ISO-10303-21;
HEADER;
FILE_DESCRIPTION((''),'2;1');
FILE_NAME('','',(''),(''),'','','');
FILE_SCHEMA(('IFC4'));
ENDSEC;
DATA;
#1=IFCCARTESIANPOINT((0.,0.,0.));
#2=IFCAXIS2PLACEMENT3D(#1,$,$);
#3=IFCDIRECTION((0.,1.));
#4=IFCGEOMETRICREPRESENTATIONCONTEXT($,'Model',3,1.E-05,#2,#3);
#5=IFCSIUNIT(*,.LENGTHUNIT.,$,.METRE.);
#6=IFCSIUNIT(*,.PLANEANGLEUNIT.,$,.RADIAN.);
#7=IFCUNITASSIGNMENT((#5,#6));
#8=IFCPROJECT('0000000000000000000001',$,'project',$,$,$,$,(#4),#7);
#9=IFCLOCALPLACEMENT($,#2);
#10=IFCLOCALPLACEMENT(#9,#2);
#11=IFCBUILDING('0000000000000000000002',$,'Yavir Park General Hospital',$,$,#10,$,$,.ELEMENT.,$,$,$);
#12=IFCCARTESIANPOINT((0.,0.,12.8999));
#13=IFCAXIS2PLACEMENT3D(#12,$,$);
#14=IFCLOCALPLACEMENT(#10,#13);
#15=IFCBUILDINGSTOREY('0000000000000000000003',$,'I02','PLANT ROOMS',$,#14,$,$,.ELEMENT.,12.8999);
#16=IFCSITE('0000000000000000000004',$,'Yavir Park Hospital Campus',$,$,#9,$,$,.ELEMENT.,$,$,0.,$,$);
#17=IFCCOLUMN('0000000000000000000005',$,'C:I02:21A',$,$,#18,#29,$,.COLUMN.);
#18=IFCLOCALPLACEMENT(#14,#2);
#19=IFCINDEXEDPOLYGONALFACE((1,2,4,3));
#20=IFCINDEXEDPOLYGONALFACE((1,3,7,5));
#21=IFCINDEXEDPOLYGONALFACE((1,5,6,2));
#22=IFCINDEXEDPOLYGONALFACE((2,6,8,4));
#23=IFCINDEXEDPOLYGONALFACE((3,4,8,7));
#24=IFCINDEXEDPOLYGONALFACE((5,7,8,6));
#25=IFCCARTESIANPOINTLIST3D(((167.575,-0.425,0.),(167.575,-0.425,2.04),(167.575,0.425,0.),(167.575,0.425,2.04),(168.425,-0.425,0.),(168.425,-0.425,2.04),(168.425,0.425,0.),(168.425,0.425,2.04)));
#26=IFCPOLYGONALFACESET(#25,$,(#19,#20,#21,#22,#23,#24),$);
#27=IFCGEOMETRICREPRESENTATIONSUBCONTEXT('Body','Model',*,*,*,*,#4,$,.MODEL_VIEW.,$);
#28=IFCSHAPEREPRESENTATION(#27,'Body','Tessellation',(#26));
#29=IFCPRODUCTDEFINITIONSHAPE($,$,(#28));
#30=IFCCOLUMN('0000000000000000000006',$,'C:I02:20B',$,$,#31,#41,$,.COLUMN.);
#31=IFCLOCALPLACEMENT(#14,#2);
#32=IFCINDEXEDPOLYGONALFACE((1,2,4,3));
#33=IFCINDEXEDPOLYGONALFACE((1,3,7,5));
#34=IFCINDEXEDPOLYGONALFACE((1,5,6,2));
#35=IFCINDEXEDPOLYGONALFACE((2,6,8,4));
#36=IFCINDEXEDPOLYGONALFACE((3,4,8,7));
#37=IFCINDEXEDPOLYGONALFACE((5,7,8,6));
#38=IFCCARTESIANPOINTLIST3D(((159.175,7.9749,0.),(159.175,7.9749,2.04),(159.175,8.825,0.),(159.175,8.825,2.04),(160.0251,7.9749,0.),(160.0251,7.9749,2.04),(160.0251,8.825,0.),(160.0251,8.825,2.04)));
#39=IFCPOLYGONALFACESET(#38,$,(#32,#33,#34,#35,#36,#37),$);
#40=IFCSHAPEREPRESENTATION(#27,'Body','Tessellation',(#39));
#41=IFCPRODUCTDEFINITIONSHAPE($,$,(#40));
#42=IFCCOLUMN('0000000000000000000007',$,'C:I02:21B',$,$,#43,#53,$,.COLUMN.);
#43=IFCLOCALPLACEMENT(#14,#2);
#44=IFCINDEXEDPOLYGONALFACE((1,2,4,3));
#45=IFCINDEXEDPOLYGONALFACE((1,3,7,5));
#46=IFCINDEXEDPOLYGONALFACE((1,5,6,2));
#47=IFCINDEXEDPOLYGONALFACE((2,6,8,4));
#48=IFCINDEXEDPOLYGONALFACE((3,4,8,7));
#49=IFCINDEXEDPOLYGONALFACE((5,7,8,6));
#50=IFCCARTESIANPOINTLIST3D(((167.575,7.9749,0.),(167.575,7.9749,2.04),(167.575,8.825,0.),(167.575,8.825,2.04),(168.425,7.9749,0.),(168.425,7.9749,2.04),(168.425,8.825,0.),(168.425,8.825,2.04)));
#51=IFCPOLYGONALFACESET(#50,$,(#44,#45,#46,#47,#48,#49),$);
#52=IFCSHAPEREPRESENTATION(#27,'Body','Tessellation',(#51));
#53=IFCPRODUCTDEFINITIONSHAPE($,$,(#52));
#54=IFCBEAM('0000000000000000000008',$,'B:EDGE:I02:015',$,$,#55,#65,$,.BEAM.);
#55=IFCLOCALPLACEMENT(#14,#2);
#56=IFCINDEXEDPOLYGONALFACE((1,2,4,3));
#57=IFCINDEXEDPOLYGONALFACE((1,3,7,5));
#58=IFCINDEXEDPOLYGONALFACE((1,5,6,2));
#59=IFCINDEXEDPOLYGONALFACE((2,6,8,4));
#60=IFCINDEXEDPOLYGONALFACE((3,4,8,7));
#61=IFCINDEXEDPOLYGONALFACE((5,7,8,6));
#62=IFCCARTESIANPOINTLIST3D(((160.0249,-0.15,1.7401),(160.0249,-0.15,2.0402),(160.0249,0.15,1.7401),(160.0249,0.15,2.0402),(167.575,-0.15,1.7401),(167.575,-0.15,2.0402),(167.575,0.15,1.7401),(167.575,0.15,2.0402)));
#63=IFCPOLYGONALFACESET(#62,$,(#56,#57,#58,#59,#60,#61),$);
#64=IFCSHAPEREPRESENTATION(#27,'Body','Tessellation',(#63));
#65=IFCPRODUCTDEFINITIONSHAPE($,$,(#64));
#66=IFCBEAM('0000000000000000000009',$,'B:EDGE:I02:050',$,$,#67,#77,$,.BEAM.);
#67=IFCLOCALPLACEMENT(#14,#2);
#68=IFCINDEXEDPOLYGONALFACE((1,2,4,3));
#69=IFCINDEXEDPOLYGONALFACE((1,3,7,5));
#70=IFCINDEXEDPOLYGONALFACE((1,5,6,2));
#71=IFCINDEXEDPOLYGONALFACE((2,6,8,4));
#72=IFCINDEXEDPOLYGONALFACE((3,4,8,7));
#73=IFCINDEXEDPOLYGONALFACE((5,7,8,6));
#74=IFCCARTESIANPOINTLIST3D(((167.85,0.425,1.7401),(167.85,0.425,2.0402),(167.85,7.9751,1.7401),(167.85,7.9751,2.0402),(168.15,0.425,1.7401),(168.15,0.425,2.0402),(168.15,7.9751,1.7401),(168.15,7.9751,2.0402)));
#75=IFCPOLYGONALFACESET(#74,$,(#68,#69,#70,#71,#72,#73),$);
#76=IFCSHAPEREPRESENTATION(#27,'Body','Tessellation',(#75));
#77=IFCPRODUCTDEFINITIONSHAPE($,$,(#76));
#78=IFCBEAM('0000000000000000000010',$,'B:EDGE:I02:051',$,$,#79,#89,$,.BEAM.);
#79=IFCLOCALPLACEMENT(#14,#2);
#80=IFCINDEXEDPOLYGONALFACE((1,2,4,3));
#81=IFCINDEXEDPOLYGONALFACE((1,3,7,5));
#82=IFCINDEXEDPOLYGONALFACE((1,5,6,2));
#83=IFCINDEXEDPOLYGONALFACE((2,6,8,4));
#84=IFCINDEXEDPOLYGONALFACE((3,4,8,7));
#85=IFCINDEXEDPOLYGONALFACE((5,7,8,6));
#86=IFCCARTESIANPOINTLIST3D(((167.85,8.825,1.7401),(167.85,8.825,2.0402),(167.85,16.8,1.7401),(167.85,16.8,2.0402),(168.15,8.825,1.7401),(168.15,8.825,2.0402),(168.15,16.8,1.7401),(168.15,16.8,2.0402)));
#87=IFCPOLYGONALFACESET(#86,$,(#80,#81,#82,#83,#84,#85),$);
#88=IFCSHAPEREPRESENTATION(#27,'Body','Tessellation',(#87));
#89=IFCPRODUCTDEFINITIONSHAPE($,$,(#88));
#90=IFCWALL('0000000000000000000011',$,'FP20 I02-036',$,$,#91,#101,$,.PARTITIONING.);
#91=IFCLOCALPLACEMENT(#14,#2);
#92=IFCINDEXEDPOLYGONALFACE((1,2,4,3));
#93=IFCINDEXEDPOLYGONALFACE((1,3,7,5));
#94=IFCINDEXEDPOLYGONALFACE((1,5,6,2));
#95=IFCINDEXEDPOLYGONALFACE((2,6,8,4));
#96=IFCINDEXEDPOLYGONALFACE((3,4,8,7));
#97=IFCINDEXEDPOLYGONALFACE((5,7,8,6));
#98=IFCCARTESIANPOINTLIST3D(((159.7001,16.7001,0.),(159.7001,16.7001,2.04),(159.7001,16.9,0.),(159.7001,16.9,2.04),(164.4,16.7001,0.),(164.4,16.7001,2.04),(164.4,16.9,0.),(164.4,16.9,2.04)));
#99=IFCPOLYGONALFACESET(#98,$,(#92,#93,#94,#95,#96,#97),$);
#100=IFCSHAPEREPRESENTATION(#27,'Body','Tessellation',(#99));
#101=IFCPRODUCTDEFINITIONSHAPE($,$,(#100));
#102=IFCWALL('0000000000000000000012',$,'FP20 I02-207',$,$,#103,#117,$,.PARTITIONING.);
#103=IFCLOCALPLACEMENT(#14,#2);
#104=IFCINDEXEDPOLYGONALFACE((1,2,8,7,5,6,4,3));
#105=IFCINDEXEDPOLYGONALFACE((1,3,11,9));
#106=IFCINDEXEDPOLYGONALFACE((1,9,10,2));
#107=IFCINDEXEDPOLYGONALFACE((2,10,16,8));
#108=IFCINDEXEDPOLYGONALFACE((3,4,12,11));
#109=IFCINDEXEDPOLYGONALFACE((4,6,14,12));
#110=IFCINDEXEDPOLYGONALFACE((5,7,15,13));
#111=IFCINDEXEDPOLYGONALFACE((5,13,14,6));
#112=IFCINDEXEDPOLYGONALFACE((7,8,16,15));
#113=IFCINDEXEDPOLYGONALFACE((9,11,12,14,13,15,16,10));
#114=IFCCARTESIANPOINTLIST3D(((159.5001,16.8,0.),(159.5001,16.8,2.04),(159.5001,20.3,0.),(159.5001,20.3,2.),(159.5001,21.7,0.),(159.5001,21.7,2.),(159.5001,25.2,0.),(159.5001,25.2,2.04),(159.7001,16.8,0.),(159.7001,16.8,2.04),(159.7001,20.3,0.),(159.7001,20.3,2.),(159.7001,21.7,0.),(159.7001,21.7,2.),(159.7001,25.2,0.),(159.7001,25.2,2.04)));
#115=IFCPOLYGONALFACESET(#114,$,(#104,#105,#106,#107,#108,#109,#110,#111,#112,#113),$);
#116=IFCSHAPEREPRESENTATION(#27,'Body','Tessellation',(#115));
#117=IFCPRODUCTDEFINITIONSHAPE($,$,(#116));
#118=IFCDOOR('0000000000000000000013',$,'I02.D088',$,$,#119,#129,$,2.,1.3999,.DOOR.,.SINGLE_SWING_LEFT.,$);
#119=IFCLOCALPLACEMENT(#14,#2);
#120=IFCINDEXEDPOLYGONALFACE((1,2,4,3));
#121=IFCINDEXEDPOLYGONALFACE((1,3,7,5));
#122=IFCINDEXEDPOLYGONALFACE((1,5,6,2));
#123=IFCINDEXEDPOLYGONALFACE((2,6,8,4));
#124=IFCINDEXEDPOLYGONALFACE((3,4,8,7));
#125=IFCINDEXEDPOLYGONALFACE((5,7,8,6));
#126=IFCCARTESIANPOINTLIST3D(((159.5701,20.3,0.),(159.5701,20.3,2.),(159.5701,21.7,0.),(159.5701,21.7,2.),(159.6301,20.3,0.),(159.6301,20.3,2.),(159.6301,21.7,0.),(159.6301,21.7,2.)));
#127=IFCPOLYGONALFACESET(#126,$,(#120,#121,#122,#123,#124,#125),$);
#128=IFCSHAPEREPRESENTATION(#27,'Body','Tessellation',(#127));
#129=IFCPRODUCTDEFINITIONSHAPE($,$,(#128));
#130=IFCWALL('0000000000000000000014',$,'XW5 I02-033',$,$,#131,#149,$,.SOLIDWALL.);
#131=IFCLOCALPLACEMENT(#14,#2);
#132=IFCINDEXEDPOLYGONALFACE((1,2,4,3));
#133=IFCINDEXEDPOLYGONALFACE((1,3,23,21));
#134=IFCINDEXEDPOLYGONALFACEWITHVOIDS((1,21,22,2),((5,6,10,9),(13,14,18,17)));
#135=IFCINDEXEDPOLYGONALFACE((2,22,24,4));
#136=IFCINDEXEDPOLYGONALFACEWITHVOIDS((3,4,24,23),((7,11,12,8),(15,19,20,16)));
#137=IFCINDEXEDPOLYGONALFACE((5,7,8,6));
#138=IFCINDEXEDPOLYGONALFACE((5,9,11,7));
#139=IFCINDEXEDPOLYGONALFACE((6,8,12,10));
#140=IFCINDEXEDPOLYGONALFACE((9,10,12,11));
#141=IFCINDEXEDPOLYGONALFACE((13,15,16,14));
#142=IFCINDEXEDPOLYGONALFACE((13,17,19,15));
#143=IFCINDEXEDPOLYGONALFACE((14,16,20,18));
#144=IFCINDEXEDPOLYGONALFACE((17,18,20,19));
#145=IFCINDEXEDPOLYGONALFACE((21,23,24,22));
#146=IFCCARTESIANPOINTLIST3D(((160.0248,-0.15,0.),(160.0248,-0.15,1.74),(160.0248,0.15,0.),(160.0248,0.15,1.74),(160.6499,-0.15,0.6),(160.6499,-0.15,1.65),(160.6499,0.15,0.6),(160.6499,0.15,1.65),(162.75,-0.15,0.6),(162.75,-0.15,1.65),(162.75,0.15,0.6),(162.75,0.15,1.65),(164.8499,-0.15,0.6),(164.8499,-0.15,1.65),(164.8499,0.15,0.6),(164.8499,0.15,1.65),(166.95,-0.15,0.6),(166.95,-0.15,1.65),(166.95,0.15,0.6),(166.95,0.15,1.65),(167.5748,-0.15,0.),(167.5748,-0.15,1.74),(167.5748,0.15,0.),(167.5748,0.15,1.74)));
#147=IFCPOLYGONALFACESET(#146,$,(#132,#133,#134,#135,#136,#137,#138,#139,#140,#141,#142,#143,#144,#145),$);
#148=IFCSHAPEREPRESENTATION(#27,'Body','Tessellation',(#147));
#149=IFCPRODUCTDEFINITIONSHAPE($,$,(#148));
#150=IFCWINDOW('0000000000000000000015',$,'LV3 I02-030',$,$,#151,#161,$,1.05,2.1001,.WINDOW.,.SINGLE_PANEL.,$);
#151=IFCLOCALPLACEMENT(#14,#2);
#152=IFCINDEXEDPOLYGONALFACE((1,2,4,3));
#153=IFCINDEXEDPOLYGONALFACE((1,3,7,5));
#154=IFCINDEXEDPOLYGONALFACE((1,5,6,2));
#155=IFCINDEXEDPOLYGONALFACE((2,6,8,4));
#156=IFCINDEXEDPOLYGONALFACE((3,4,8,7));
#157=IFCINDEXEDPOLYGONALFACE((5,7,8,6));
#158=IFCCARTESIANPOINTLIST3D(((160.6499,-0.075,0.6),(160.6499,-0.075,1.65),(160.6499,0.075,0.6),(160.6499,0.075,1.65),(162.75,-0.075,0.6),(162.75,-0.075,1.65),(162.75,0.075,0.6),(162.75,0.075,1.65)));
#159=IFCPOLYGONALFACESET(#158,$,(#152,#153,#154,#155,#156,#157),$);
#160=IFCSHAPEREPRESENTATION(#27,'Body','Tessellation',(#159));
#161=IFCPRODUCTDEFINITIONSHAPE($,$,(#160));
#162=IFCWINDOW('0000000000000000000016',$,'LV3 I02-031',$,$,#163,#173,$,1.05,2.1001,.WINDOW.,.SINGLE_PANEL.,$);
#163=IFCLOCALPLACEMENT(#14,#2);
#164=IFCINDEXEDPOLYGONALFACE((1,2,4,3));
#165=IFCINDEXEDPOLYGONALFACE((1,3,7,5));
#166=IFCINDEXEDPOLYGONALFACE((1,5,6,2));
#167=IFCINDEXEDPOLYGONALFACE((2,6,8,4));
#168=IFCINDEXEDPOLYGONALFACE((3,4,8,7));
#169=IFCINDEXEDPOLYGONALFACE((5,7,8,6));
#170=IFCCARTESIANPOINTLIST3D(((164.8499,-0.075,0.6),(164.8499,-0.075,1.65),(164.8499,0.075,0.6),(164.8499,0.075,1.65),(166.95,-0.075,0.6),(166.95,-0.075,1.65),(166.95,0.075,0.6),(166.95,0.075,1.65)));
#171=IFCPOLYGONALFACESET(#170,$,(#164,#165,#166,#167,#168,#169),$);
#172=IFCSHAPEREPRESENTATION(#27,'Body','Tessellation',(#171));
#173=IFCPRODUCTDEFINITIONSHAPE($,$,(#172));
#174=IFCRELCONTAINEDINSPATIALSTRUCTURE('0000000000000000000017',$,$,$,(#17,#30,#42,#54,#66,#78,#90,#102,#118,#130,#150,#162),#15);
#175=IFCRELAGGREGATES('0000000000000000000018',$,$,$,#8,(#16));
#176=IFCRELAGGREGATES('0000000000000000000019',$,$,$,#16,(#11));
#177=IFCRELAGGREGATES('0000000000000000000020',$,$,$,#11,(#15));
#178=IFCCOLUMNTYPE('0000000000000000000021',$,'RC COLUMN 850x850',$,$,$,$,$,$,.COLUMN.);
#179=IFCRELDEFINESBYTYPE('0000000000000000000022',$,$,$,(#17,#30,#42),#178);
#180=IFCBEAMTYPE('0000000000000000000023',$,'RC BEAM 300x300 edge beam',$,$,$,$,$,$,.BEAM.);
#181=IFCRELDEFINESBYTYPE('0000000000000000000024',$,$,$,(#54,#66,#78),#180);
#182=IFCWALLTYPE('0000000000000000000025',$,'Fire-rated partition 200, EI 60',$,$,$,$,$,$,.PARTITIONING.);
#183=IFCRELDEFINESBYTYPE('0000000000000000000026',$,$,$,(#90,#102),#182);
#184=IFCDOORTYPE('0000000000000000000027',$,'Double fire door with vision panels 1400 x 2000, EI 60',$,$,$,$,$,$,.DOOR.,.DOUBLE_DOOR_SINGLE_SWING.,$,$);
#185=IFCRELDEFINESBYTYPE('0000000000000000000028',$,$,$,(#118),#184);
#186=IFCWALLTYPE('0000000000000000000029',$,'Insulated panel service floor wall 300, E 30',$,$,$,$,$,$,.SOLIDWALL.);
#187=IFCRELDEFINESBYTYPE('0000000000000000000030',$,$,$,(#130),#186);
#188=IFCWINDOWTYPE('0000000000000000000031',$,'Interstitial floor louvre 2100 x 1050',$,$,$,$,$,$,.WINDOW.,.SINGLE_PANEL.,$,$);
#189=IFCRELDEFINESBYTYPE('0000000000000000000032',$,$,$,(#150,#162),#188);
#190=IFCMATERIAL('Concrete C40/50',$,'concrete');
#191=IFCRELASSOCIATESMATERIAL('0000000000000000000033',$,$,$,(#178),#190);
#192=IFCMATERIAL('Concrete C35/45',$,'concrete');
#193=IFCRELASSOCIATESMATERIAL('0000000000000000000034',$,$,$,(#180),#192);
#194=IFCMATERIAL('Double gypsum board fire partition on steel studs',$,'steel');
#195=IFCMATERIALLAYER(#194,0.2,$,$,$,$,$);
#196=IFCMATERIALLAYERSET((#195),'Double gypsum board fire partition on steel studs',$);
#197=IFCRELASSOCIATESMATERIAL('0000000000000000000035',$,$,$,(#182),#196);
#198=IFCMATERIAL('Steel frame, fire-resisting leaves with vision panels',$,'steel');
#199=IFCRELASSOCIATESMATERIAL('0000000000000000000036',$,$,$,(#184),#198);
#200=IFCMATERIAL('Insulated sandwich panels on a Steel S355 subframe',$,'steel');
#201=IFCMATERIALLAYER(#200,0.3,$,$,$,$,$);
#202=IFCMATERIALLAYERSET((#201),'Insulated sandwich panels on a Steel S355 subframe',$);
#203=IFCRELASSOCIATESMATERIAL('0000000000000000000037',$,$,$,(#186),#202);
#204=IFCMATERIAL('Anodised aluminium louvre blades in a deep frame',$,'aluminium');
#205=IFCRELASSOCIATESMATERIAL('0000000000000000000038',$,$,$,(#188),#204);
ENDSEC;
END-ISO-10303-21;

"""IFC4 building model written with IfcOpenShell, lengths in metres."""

from ifc_helpers import new_model, si_unit, direction, frame, frame_2d, origin, origin_2d, place, context, subcontext, project, spatial, rectangle, extrude, material, layer, layer_set, material_profile, profile_set, type_object, element, fill, save


model = new_model("IFC4")

# Units and contexts
model_context = context("Model", 3, precision=1e-05, world=origin(), true_north=direction((0.0, 1.0)))
body_context = subcontext(model_context, "Body", "Model", "MODEL_VIEW")
ifc_project = project(units=[si_unit("LENGTHUNIT", "METRE"), si_unit("PLANEANGLEUNIT", "RADIAN")], contexts=[model_context])

# Site, building, storey
site_placement = place(None, origin())
site = spatial("IfcSite", under=ifc_project, at=site_placement, Name="Yavir Park Hospital Campus", CompositionType="ELEMENT", RefElevation=0.0)
building_placement = place(site_placement, origin())
building = spatial("IfcBuilding", under=site, at=building_placement, Name="Yavir Park General Hospital", CompositionType="ELEMENT")
storey_placement = place(building_placement, frame((0.0, 0.0, 12.8999)))
storey = spatial("IfcBuildingStorey", under=building, at=storey_placement, Name="I02", Description="PLANT ROOMS", CompositionType="ELEMENT", Elevation=12.8999)

# Columns
ifc_material_1 = material(Name="Concrete C40/50", Category="concrete")
ifc_material_profile_1 = material_profile(ifc_material_1, rectangle(XDim=0.8501, YDim=0.8501, at=origin_2d()), Name="RC850x850")
ifc_profile_set_1 = profile_set([ifc_material_profile_1], Name="Concrete C40/50")
column_type = type_object("IfcColumnType", Name="RC COLUMN 850x850", PredefinedType="COLUMN", material=ifc_profile_set_1)
for number, where, z_axis, x_axis, name in (
    (1, (168.0, 0.0, 0.0), (0.0, 0.0, 1.0), (1.0, 0.0, 0.0), "C:I02:21A"),
    (2, (159.6001, 8.3999, 0.0), (0.0, 0.0, 1.0), (1.0, 0.0, 0.0), "C:I02:20B"),
    (3, (168.0, 8.3999, 0.0), (0.0, 0.0, 1.0), (1.0, 0.0, 0.0), "C:I02:21B"),
):
    element("IfcColumn", number, at=place(storey_placement, frame(where, z_axis=z_axis, x_axis=x_axis)), inside=storey, type_object=column_type, Name=name, PredefinedType="COLUMN", context=body_context, shape_type="SweptSolid", body=[
        extrude(rectangle(XDim=0.8501, YDim=0.8501, at=origin_2d()), origin(), (0.0, 0.0, 1.0), 2.04),
    ])

# Beams
ifc_material_2 = material(Name="Concrete C35/45", Category="concrete")
ifc_material_profile_2 = material_profile(ifc_material_2, rectangle(XDim=0.3, YDim=0.3, at=origin_2d()), Name="RC300x300")
ifc_profile_set_2 = profile_set([ifc_material_profile_2], Name="Concrete C35/45")
beam_type = type_object("IfcBeamType", Name="RC BEAM 300x300 edge beam", PredefinedType="BEAM", material=ifc_profile_set_2)
for number, where, z_axis, x_axis, name in (
    (4, (160.0249, 0.0, 1.8901), (1.0, 0.0, 0.0), (0.0, 1.0, 0.0), "B:EDGE:I02:015"),
    (5, (168.0, 0.425, 1.8901), (0.0, 1.0, 0.0), (-1.0, 0.0, 0.0), "B:EDGE:I02:050"),
):
    element("IfcBeam", number, at=place(storey_placement, frame(where, z_axis=z_axis, x_axis=x_axis)), inside=storey, type_object=beam_type, Name=name, PredefinedType="BEAM", context=body_context, shape_type="SweptSolid", body=[
        extrude(rectangle(XDim=0.3, YDim=0.3, at=origin_2d()), origin(), (0.0, 0.0, 1.0), 7.55),
    ])
beam_placement = place(storey_placement, frame((168.0, 8.825, 1.8901), z_axis=(0.0, 1.0, 0.0), x_axis=(-1.0, 0.0, 0.0)))
element("IfcBeam", 6, at=beam_placement, inside=storey, type_object=beam_type, Name="B:EDGE:I02:051", PredefinedType="BEAM", context=body_context, shape_type="SweptSolid", body=[
    extrude(rectangle(XDim=0.3, YDim=0.3, at=origin_2d()), origin(), (0.0, 0.0, 1.0), 7.9751),
])

# Wall
ifc_material_3 = material(Name="Double gypsum board fire partition on steel studs", Category="steel")
ifc_layer_1 = layer(ifc_material_3, 0.2)
ifc_layer_set_1 = layer_set([ifc_layer_1], Name="Double gypsum board fire partition on steel studs")
wall_type_1 = type_object("IfcWallType", Name="Fire-rated partition 200, EI 60", PredefinedType="PARTITIONING", material=ifc_layer_set_1)
wall_1_placement = place(storey_placement, frame((159.7, 16.8, 0.0), z_axis=(0.0, 0.0, 1.0), x_axis=(1.0, 0.0, 0.0)))
element("IfcWall", 7, at=wall_1_placement, inside=storey, type_object=wall_type_1, Name="FP20 I02-036", PredefinedType="PARTITIONING", context=body_context, shape_type="SweptSolid", body=[
    extrude(rectangle(XDim=4.7, YDim=0.2, at=frame_2d((2.3501, 0.0))), origin(), (0.0, 0.0, 1.0), 2.04),
])

# Wall, opening, door
wall_2_placement = place(storey_placement, frame((159.6001, 16.8, 0.0), z_axis=(0.0, 0.0, 1.0), x_axis=(0.0, 1.0, 0.0)))
wall_2 = element("IfcWall", 8, at=wall_2_placement, inside=storey, type_object=wall_type_1, Name="FP20 I02-207", PredefinedType="PARTITIONING", context=body_context, shape_type="SweptSolid", body=[
    extrude(rectangle(XDim=8.3999, YDim=0.2, at=frame_2d((4.2, 0.0))), origin(), (0.0, 0.0, 1.0), 2.04),
])
opening_1_placement = place(wall_2_placement, frame((3.5, 0.0, 0.0)))
opening_1 = element("IfcOpeningElement", 9, at=opening_1_placement, cuts=wall_2, PredefinedType="OPENING", context=body_context, shape_type="SweptSolid", body=[
    extrude(rectangle(XDim=1.3999, YDim=2.0, at=frame_2d((0.7, 1.0))), frame((0.0, 0.1099, 0.0), z_axis=(0.0, -1.0, 0.0), x_axis=(1.0, 0.0, 0.0)), (0.0, 0.0, 1.0), 0.22),
])
ifc_material_4 = material(Name="Steel frame, fire-resisting leaves with vision panels", Category="steel")
door_type_1 = type_object("IfcDoorType", Name="Double fire door with vision panels 1400 x 2000, EI 60", OperationType="DOUBLE_DOOR_SINGLE_SWING", PredefinedType="DOOR", material=ifc_material_4)
door_1_placement = place(opening_1_placement, origin())
door_1 = element("IfcDoor", 10, at=door_1_placement, inside=storey, type_object=door_type_1, Name="I02.D088", OperationType="SINGLE_SWING_LEFT", OverallHeight=2.0, OverallWidth=1.3999, PredefinedType="DOOR", context=body_context, shape_type="SweptSolid", body=[
    extrude(rectangle(XDim=1.3999, YDim=2.0, at=frame_2d((0.7, 1.0))), frame((0.0, 0.03, 0.0), z_axis=(0.0, -1.0, 0.0), x_axis=(1.0, 0.0, 0.0)), (0.0, 0.0, 1.0), 0.0601),
])
fill(opening_1, door_1)

# Wall, openings, windows
ifc_material_5 = material(Name="Insulated sandwich panels on a Steel S355 subframe", Category="steel")
ifc_layer_2 = layer(ifc_material_5, 0.3)
ifc_layer_set_2 = layer_set([ifc_layer_2], Name="Insulated sandwich panels on a Steel S355 subframe")
wall_type_2 = type_object("IfcWallType", Name="Insulated panel service floor wall 300, E 30", PredefinedType="SOLIDWALL", material=ifc_layer_set_2)
wall_3_placement = place(storey_placement, frame((160.0249, 0.0, 0.0), z_axis=(0.0, 0.0, 1.0), x_axis=(1.0, 0.0, 0.0)))
wall_3 = element("IfcWall", 11, at=wall_3_placement, inside=storey, type_object=wall_type_2, Name="XW5 I02-033", PredefinedType="SOLIDWALL", context=body_context, shape_type="SweptSolid", body=[
    extrude(rectangle(XDim=7.55, YDim=0.3, at=frame_2d((3.7749, 0.0))), origin(), (0.0, 0.0, 1.0), 1.74),
])
opening_2_placement = place(wall_3_placement, frame((0.625, 0.0, 0.6001)))
opening_2 = element("IfcOpeningElement", 12, at=opening_2_placement, cuts=wall_3, PredefinedType="OPENING", context=body_context, shape_type="SweptSolid", body=[
    extrude(rectangle(XDim=2.1001, YDim=1.05, at=frame_2d((1.05, 0.5249))), frame((0.0, 0.1599, 0.0), z_axis=(0.0, -1.0, 0.0), x_axis=(1.0, 0.0, 0.0)), (0.0, 0.0, 1.0), 0.3201),
])
opening_3_placement = place(wall_3_placement, frame((4.825, 0.0, 0.6001)))
opening_3 = element("IfcOpeningElement", 13, at=opening_3_placement, cuts=wall_3, PredefinedType="OPENING", context=body_context, shape_type="SweptSolid", body=[
    extrude(rectangle(XDim=2.1001, YDim=1.05, at=frame_2d((1.05, 0.5249))), frame((0.0, 0.1599, 0.0), z_axis=(0.0, -1.0, 0.0), x_axis=(1.0, 0.0, 0.0)), (0.0, 0.0, 1.0), 0.3201),
])
ifc_material_6 = material(Name="Anodised aluminium louvre blades in a deep frame", Category="aluminium")
window_type = type_object("IfcWindowType", Name="Interstitial floor louvre 2100 x 1050", PartitioningType="SINGLE_PANEL", PredefinedType="WINDOW", material=ifc_material_6)
window_1_placement = place(opening_2_placement, origin())
window_1 = element("IfcWindow", 14, at=window_1_placement, inside=storey, type_object=window_type, Name="LV3 I02-030", OverallHeight=1.05, OverallWidth=2.1001, PartitioningType="SINGLE_PANEL", PredefinedType="WINDOW", context=body_context, shape_type="SweptSolid", body=[
    extrude(rectangle(XDim=2.1001, YDim=1.05, at=frame_2d((1.05, 0.5249))), frame((0.0, 0.075, 0.0), z_axis=(0.0, -1.0, 0.0), x_axis=(1.0, 0.0, 0.0)), (0.0, 0.0, 1.0), 0.1499),
])
fill(opening_2, window_1)
window_2_placement = place(opening_3_placement, origin())
window_2 = element("IfcWindow", 15, at=window_2_placement, inside=storey, type_object=window_type, Name="LV3 I02-031", OverallHeight=1.05, OverallWidth=2.1001, PartitioningType="SINGLE_PANEL", PredefinedType="WINDOW", context=body_context, shape_type="SweptSolid", body=[
    extrude(rectangle(XDim=2.1001, YDim=1.05, at=frame_2d((1.05, 0.5249))), frame((0.0, 0.075, 0.0), z_axis=(0.0, -1.0, 0.0), x_axis=(1.0, 0.0, 0.0)), (0.0, 0.0, 1.0), 0.1499),
])
fill(opening_3, window_2)

save(model, "model.ifc")
